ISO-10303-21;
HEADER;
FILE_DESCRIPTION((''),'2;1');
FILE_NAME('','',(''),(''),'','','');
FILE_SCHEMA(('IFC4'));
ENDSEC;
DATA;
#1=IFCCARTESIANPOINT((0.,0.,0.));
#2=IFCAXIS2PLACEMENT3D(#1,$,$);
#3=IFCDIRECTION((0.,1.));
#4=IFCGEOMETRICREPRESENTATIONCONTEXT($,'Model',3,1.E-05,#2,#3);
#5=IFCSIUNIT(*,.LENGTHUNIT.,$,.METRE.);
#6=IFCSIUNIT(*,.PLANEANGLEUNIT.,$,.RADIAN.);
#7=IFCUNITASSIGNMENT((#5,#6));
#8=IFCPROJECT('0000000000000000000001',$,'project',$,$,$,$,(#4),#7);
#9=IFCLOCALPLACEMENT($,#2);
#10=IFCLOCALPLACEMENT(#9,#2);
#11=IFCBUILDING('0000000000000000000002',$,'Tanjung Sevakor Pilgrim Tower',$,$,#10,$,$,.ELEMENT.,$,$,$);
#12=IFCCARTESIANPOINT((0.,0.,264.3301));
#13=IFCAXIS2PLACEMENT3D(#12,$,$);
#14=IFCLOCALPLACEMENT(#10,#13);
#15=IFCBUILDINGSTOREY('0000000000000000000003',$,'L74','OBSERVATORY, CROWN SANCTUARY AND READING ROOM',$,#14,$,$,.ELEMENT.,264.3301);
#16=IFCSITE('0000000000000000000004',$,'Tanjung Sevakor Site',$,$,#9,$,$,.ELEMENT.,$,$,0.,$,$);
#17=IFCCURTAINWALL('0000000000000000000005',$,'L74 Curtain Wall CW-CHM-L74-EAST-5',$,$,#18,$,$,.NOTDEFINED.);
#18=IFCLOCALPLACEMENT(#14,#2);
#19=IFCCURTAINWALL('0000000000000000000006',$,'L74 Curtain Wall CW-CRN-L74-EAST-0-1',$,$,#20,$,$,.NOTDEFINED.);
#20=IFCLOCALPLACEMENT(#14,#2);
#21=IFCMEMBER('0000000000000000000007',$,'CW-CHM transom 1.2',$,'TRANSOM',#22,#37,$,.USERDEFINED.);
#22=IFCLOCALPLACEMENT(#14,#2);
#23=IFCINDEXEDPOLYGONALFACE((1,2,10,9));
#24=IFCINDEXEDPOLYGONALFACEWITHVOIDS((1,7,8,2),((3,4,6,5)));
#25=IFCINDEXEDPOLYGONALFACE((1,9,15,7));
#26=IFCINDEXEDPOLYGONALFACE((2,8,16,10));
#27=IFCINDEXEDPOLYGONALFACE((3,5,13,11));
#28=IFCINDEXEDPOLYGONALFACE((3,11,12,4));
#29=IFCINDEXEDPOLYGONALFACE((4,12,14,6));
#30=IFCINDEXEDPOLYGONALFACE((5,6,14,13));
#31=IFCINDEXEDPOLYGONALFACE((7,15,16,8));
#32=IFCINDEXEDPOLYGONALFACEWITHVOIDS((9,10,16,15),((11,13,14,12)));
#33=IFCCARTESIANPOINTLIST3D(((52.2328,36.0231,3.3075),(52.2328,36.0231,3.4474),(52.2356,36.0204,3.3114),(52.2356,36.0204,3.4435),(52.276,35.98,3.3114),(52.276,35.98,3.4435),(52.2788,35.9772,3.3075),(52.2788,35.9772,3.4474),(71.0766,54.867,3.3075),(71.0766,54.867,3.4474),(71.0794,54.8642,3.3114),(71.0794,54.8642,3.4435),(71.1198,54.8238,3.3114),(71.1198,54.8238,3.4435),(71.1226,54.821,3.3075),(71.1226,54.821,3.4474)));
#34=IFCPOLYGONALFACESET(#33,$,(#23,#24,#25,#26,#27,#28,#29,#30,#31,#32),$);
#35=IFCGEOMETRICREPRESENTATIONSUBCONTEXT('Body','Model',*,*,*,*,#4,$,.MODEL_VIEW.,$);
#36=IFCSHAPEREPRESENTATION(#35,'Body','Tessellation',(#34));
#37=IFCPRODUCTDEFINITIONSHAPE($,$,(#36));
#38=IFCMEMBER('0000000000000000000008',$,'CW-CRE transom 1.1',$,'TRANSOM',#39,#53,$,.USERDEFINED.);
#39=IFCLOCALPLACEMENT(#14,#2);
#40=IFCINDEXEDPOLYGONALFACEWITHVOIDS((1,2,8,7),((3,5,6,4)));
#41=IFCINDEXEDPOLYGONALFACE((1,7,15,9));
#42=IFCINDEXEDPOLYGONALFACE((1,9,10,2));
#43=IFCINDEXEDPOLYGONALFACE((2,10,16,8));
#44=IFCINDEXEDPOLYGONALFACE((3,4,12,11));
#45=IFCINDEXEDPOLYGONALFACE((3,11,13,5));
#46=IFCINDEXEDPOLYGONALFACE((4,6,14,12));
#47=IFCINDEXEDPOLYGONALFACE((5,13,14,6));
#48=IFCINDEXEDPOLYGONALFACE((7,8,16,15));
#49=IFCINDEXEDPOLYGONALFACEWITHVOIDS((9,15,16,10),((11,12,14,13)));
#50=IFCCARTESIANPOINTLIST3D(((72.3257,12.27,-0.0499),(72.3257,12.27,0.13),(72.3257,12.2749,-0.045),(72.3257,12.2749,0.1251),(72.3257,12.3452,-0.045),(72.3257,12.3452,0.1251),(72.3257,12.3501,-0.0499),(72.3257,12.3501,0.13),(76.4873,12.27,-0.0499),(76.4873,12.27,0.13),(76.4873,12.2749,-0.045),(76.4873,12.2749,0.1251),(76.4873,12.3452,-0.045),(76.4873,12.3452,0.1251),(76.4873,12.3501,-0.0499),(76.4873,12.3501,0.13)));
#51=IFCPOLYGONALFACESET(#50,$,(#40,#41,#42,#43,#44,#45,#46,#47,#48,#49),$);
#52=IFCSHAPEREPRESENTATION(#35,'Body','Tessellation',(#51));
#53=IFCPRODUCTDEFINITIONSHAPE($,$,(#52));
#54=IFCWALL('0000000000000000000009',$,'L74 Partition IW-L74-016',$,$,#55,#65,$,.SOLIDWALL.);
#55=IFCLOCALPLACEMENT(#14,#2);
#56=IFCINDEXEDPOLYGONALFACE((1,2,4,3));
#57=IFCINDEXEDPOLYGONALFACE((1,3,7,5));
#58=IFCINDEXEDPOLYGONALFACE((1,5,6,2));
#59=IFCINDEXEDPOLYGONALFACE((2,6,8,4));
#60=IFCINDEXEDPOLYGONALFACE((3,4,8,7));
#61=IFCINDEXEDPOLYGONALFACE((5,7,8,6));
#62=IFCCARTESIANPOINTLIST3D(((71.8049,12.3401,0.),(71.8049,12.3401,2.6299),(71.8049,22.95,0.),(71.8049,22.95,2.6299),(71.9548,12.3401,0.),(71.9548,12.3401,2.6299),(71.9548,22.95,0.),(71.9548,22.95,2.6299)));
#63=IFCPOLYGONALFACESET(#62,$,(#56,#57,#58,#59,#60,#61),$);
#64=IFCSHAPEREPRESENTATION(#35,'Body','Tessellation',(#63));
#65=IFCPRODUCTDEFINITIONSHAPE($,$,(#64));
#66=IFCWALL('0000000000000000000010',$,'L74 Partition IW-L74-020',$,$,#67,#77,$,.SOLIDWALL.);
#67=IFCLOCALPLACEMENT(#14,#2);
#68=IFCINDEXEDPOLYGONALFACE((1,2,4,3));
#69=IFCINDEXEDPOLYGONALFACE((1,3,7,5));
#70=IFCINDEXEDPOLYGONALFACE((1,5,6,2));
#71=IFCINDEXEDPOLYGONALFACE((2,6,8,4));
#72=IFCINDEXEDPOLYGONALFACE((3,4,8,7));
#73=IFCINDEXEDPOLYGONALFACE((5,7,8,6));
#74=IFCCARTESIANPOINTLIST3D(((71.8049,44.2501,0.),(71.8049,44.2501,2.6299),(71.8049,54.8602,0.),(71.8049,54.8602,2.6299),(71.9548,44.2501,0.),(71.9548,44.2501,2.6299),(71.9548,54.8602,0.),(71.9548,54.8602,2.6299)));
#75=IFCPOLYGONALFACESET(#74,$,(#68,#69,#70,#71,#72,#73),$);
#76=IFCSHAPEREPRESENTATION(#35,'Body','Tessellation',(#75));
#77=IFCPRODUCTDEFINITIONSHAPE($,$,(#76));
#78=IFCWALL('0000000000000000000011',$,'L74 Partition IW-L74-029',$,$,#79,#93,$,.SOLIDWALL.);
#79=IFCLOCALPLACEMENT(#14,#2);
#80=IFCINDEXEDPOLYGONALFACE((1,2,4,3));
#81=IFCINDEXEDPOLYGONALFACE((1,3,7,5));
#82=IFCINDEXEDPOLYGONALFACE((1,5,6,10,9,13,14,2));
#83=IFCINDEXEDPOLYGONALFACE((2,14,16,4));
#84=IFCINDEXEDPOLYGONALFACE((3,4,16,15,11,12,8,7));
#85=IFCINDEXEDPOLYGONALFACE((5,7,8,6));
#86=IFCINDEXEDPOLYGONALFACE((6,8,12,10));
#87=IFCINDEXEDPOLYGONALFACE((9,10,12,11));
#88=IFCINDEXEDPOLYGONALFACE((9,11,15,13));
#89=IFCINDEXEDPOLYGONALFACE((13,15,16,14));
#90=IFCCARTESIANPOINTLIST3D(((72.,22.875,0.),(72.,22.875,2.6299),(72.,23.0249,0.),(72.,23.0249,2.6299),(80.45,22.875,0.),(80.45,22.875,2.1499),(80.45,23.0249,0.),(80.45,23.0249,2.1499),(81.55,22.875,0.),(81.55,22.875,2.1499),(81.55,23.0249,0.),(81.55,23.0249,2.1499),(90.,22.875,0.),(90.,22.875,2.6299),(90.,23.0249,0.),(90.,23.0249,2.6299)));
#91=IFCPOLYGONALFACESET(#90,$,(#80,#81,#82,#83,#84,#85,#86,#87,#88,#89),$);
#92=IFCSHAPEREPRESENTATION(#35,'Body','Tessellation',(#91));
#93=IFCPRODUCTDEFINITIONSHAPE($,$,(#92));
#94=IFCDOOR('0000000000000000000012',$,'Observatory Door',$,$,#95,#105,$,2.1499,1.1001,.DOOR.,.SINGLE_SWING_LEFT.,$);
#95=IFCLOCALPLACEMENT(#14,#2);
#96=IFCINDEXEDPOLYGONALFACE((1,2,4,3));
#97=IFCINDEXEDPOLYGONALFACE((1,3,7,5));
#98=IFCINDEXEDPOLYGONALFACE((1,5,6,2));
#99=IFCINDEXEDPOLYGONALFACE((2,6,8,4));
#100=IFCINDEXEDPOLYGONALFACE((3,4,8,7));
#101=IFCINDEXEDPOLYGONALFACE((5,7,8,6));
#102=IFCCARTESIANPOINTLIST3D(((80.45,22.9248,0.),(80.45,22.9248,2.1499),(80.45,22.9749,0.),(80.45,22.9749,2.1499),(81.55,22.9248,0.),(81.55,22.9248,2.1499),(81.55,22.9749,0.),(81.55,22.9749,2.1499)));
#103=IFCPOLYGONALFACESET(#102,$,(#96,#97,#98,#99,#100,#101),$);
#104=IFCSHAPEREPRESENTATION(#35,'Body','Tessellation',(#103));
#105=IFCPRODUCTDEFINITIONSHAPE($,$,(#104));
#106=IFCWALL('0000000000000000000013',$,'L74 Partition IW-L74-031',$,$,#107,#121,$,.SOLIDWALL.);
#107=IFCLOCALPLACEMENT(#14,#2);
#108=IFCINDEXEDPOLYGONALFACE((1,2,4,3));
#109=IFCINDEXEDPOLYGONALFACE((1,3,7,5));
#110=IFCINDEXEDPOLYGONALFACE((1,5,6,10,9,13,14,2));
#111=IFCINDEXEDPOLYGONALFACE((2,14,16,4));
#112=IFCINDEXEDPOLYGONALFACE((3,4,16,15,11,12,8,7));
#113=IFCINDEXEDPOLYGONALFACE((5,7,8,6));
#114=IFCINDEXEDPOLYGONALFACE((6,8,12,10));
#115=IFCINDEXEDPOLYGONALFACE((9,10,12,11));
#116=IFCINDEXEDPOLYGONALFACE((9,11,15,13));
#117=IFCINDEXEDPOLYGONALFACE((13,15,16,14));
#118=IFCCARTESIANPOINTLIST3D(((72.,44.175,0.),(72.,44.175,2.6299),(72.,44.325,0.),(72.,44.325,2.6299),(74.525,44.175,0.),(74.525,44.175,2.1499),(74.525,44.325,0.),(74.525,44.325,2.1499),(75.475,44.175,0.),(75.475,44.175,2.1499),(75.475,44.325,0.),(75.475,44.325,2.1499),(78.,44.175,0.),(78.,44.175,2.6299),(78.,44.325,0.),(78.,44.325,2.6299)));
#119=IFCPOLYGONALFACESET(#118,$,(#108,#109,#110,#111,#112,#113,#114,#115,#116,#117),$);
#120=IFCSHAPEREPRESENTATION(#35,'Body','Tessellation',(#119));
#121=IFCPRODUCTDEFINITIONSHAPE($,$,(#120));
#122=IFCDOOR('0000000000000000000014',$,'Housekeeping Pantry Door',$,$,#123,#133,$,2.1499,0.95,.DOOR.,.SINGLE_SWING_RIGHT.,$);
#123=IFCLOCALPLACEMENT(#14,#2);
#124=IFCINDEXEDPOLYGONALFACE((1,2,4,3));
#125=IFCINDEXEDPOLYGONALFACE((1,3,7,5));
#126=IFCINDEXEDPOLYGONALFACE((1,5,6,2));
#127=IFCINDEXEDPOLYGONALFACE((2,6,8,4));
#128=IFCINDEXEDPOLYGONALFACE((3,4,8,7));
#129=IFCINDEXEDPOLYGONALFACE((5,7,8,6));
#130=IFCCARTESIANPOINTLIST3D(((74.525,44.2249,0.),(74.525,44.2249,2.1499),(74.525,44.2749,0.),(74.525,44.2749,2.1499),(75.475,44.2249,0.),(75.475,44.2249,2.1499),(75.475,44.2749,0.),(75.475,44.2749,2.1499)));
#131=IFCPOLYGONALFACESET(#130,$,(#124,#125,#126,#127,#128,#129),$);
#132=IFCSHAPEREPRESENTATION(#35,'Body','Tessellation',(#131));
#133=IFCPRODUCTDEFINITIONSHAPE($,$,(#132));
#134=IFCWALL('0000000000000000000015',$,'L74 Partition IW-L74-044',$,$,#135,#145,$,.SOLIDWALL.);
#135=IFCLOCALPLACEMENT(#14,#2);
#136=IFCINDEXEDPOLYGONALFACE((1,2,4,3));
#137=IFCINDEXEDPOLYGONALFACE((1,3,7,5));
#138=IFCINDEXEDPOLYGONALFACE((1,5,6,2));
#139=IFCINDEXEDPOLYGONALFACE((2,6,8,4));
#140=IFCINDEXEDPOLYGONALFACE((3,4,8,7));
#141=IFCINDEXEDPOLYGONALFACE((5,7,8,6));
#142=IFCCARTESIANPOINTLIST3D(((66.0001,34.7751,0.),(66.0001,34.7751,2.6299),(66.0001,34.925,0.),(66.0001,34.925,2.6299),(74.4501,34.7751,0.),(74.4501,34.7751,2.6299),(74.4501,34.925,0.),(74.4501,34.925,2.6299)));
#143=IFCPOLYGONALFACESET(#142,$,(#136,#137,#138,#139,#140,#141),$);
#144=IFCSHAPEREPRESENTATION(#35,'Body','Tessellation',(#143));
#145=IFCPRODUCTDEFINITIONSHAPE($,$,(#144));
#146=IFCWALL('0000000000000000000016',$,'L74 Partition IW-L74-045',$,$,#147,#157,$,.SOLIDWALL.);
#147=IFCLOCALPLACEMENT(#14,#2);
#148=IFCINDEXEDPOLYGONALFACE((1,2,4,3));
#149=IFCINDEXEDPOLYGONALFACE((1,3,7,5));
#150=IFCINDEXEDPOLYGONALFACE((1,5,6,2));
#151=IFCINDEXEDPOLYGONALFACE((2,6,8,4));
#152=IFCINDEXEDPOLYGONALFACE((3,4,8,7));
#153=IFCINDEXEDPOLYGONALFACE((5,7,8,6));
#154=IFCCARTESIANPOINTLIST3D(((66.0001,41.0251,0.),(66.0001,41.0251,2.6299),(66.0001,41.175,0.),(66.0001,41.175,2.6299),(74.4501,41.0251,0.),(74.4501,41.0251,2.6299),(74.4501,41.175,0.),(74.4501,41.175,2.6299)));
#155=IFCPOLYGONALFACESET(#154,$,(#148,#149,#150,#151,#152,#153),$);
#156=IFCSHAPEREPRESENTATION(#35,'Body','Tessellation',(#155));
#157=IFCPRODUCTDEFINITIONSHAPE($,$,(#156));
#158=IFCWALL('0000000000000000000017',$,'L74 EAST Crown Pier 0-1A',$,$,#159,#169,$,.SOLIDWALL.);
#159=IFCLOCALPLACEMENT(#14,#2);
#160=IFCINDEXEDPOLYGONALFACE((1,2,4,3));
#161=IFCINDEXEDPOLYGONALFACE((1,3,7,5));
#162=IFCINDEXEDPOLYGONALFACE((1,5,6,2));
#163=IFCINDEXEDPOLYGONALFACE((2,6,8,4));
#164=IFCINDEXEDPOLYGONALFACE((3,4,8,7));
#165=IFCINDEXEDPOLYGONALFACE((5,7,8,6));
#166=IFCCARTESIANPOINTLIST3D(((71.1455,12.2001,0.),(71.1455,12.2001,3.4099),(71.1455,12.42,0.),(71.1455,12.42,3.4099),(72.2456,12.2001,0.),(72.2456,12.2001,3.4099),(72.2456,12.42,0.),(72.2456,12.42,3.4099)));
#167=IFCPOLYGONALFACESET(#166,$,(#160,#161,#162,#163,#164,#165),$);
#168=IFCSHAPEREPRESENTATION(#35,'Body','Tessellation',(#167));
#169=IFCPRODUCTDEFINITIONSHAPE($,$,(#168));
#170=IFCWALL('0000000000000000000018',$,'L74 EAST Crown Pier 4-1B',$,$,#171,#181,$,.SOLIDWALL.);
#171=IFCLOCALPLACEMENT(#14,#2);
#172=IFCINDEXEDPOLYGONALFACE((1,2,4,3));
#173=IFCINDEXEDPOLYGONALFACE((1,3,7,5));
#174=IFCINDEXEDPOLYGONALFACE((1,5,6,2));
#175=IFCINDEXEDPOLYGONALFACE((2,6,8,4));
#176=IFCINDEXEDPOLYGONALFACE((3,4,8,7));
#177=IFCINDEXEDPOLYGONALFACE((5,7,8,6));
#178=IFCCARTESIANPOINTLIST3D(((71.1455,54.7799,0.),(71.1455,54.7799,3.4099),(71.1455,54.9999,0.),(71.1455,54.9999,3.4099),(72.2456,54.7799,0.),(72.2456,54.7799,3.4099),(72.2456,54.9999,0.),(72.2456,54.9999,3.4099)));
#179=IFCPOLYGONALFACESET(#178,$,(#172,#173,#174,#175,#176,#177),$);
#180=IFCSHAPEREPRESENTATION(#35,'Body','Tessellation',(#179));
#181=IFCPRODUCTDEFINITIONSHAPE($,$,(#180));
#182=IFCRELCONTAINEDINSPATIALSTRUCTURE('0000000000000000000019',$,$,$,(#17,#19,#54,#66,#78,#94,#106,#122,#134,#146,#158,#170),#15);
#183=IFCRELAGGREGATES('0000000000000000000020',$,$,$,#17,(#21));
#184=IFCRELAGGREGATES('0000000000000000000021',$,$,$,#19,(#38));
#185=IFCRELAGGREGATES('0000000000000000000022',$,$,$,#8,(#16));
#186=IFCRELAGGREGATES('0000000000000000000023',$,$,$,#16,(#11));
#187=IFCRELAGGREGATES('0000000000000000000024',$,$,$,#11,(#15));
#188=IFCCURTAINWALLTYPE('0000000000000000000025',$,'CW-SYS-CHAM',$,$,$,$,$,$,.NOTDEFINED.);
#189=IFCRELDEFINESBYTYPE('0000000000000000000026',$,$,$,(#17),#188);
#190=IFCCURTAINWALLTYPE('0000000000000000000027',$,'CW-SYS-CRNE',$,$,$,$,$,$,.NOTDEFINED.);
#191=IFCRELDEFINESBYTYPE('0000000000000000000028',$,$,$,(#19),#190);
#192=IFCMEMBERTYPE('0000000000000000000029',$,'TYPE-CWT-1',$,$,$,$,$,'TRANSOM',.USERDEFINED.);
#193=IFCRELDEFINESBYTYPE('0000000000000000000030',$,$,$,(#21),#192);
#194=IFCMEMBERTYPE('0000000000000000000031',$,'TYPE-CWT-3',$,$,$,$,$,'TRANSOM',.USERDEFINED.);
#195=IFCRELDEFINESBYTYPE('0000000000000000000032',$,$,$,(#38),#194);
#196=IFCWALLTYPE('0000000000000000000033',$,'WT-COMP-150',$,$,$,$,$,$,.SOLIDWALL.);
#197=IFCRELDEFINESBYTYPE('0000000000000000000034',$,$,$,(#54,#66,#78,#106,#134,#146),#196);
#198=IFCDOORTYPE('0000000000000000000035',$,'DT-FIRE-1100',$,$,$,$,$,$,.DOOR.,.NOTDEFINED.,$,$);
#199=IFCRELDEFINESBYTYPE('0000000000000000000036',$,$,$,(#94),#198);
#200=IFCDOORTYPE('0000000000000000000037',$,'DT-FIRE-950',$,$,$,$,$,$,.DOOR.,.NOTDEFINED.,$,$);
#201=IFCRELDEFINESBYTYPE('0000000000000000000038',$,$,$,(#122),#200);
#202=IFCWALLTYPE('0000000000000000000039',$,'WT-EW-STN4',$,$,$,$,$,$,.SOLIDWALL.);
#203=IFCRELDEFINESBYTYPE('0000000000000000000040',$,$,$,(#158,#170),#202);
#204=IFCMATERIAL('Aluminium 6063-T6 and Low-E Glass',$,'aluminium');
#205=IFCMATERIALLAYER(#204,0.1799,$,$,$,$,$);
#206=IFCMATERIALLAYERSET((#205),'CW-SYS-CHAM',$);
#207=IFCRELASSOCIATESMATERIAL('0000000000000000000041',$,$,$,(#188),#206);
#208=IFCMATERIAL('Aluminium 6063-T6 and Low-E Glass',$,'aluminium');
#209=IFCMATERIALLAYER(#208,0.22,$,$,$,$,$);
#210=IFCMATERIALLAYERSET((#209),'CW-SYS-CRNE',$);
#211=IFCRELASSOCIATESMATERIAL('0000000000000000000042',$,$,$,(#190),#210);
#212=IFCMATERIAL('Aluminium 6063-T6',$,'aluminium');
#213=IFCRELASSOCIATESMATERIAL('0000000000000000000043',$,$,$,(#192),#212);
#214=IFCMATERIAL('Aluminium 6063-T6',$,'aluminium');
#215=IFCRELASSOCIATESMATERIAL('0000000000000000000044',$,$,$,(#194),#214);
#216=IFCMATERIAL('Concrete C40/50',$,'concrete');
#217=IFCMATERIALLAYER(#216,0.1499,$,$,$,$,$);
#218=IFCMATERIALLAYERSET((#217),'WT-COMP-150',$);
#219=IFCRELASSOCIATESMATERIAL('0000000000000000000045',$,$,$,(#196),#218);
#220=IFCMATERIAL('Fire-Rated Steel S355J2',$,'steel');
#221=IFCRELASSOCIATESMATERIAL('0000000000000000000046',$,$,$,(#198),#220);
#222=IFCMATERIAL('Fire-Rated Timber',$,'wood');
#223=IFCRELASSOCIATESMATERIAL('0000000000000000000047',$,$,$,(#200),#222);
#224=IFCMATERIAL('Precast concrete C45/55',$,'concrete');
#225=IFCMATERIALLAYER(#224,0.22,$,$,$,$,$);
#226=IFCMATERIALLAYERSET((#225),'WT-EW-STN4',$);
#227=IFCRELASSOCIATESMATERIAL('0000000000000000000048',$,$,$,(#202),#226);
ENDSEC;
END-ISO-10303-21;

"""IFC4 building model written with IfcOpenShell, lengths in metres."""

from ifc_helpers import new_model, si_unit, direction, frame, frame_2d, origin, origin_2d, place, context, subcontext, project, spatial, rectangle, hollow_rectangle, extrude, material, layer, layer_set, material_profile, profile_set, type_object, element, fill, aggregate, save


model = new_model("IFC4")

# Units and contexts
model_context = context("Model", 3, precision=1e-05, world=origin(), true_north=direction((0.0, 1.0)))
body_context = subcontext(model_context, "Body", "Model", "MODEL_VIEW")
ifc_project = project(units=[si_unit("LENGTHUNIT", "METRE"), si_unit("PLANEANGLEUNIT", "RADIAN")], contexts=[model_context])

# Site, building, storey
site_placement = place(None, origin())
site = spatial("IfcSite", under=ifc_project, at=site_placement, Name="Tanjung Sevakor Site", CompositionType="ELEMENT", RefElevation=0.0)
building_placement = place(site_placement, origin())
building = spatial("IfcBuilding", under=site, at=building_placement, Name="Tanjung Sevakor Pilgrim Tower", CompositionType="ELEMENT")
storey_placement = place(building_placement, frame((0.0, 0.0, 264.3301)))
storey = spatial("IfcBuildingStorey", under=building, at=storey_placement, Name="L74", Description="OBSERVATORY, CROWN SANCTUARY AND READING ROOM", CompositionType="ELEMENT", Elevation=264.3301)

# Curtain walls
ifc_material_1 = material(Name="Aluminium 6063-T6 and Low-E Glass", Category="aluminium")
ifc_layer_1 = layer(ifc_material_1, 0.1799)
ifc_layer_set_1 = layer_set([ifc_layer_1], Name="CW-SYS-CHAM")
curtain_wall_type_1 = type_object("IfcCurtainWallType", Name="CW-SYS-CHAM", PredefinedType="NOTDEFINED", material=ifc_layer_set_1)
curtain_wall_1_placement = place(storey_placement, origin())
curtain_wall_1 = element("IfcCurtainWall", 1, at=curtain_wall_1_placement, inside=storey, type_object=curtain_wall_type_1, Name="L74 Curtain Wall CW-CHM-L74-EAST-5", PredefinedType="NOTDEFINED")
ifc_material_2 = material(Name="Aluminium 6063-T6 and Low-E Glass", Category="aluminium")
ifc_layer_2 = layer(ifc_material_2, 0.22)
ifc_layer_set_2 = layer_set([ifc_layer_2], Name="CW-SYS-CRNE")
curtain_wall_type_2 = type_object("IfcCurtainWallType", Name="CW-SYS-CRNE", PredefinedType="NOTDEFINED", material=ifc_layer_set_2)
curtain_wall_2_placement = place(storey_placement, origin())
curtain_wall_2 = element("IfcCurtainWall", 2, at=curtain_wall_2_placement, inside=storey, type_object=curtain_wall_type_2, Name="L74 Curtain Wall CW-CRN-L74-EAST-0-1", PredefinedType="NOTDEFINED")

# Members
ifc_material_3 = material(Name="Aluminium 6063-T6", Category="aluminium")
ifc_material_profile_1 = material_profile(ifc_material_3, hollow_rectangle(XDim=0.0649, YDim=0.1399, WallThickness=0.0039, at=origin_2d()))
ifc_profile_set_1 = profile_set([ifc_material_profile_1], Name="Aluminium 6063-T6")
member_type_1 = type_object("IfcMemberType", Name="TYPE-CWT-1", ElementType="TRANSOM", PredefinedType="USERDEFINED", material=ifc_profile_set_1)
member_1_placement = place(storey_placement, frame((71.0996, 54.844, 3.3774), z_axis=(-0.707107, -0.707107, 0.0), x_axis=(0.707107, -0.707107, 0.0)))
member_1 = element("IfcMember", 3, at=member_1_placement, type_object=member_type_1, Name="CW-CHM transom 1.2", ObjectType="TRANSOM", PredefinedType="USERDEFINED", context=body_context, shape_type="SweptSolid", body=[
    extrude(hollow_rectangle(XDim=0.0649, YDim=0.1399, WallThickness=0.0039, at=origin_2d()), origin(), (0.0, 0.0, 1.0), 26.6492),
])
aggregate(curtain_wall_1, [member_1])
ifc_material_4 = material(Name="Aluminium 6063-T6", Category="aluminium")
ifc_material_profile_2 = material_profile(ifc_material_4, hollow_rectangle(XDim=0.0801, YDim=0.1799, WallThickness=0.0049, at=origin_2d()))
ifc_profile_set_2 = profile_set([ifc_material_profile_2], Name="Aluminium 6063-T6")
member_type_2 = type_object("IfcMemberType", Name="TYPE-CWT-3", ElementType="TRANSOM", PredefinedType="USERDEFINED", material=ifc_profile_set_2)
member_2_placement = place(storey_placement, frame((72.3257, 12.3101, 0.04), z_axis=(1.0, 0.0, 0.0), x_axis=(0.0, 1.0, 0.0)))
member_2 = element("IfcMember", 4, at=member_2_placement, type_object=member_type_2, Name="CW-CRE transom 1.1", ObjectType="TRANSOM", PredefinedType="USERDEFINED", context=body_context, shape_type="SweptSolid", body=[
    extrude(hollow_rectangle(XDim=0.0801, YDim=0.1799, WallThickness=0.0049, at=origin_2d()), origin(), (0.0, 0.0, 1.0), 4.1616),
])
aggregate(curtain_wall_2, [member_2])

# Walls
ifc_material_5 = material(Name="Concrete C40/50", Category="concrete")
ifc_layer_3 = layer(ifc_material_5, 0.1499)
ifc_layer_set_3 = layer_set([ifc_layer_3], Name="WT-COMP-150")
wall_type_1 = type_object("IfcWallType", Name="WT-COMP-150", PredefinedType="SOLIDWALL", material=ifc_layer_set_3)
wall_1_placement = place(storey_placement, frame((71.8799, 12.3401, 0.0), z_axis=(0.0, 0.0, 1.0), x_axis=(0.0, 1.0, 0.0)))
element("IfcWall", 5, at=wall_1_placement, inside=storey, type_object=wall_type_1, Name="L74 Partition IW-L74-016", PredefinedType="SOLIDWALL", context=body_context, shape_type="SweptSolid", body=[
    extrude(rectangle(XDim=10.6099, YDim=0.1499, at=frame_2d((5.3049, 0.0))), origin(), (0.0, 0.0, 1.0), 2.6299),
])
wall_2_placement = place(storey_placement, frame((71.8799, 44.25, 0.0), z_axis=(0.0, 0.0, 1.0), x_axis=(0.0, 1.0, 0.0)))
element("IfcWall", 6, at=wall_2_placement, inside=storey, type_object=wall_type_1, Name="L74 Partition IW-L74-020", PredefinedType="SOLIDWALL", context=body_context, shape_type="SweptSolid", body=[
    extrude(rectangle(XDim=10.6101, YDim=0.1499, at=frame_2d((5.3052, 0.0))), origin(), (0.0, 0.0, 1.0), 2.6299),
])

# Walls, openings, doors
wall_3_placement = place(storey_placement, frame((72.0, 22.95, 0.0), z_axis=(0.0, 0.0, 1.0), x_axis=(1.0, 0.0, 0.0)))
wall_3 = element("IfcWall", 7, at=wall_3_placement, inside=storey, type_object=wall_type_1, Name="L74 Partition IW-L74-029", PredefinedType="SOLIDWALL", context=body_context, shape_type="SweptSolid", body=[
    extrude(rectangle(XDim=18.0, YDim=0.1499, at=frame_2d((9.0, 0.0))), origin(), (0.0, 0.0, 1.0), 2.6299),
])
opening_1_placement = place(wall_3_placement, frame((8.45, 0.0, 0.0)))
opening_1 = element("IfcOpeningElement", 8, at=opening_1_placement, cuts=wall_3, PredefinedType="OPENING", context=body_context, shape_type="SweptSolid", body=[
    extrude(rectangle(XDim=1.1001, YDim=2.1499, at=frame_2d((0.55, 1.075))), frame((0.0, 0.085, 0.0), z_axis=(0.0, -1.0, 0.0), x_axis=(1.0, 0.0, 0.0)), (0.0, 0.0, 1.0), 0.1699),
])
ifc_material_6 = material(Name="Fire-Rated Steel S355J2", Category="steel")
door_type_1 = type_object("IfcDoorType", Name="DT-FIRE-1100", OperationType="NOTDEFINED", PredefinedType="DOOR", material=ifc_material_6)
door_1_placement = place(opening_1_placement, origin())
door_1 = element("IfcDoor", 9, at=door_1_placement, inside=storey, type_object=door_type_1, Name="Observatory Door", OperationType="SINGLE_SWING_LEFT", OverallHeight=2.1499, OverallWidth=1.1001, PredefinedType="DOOR", context=body_context, shape_type="SweptSolid", body=[
    extrude(rectangle(XDim=1.1001, YDim=2.1499, at=frame_2d((0.55, 1.075))), frame((0.0, 0.0249, 0.0), z_axis=(0.0, -1.0, 0.0), x_axis=(1.0, 0.0, 0.0)), (0.0, 0.0, 1.0), 0.05),
])
fill(opening_1, door_1)
wall_4_placement = place(storey_placement, frame((72.0, 44.25, 0.0), z_axis=(0.0, 0.0, 1.0), x_axis=(1.0, 0.0, 0.0)))
wall_4 = element("IfcWall", 10, at=wall_4_placement, inside=storey, type_object=wall_type_1, Name="L74 Partition IW-L74-031", PredefinedType="SOLIDWALL", context=body_context, shape_type="SweptSolid", body=[
    extrude(rectangle(XDim=6.0, YDim=0.1499, at=frame_2d((3.0, 0.0))), origin(), (0.0, 0.0, 1.0), 2.6299),
])
opening_2_placement = place(wall_4_placement, frame((2.5249, 0.0, 0.0)))
opening_2 = element("IfcOpeningElement", 11, at=opening_2_placement, cuts=wall_4, PredefinedType="OPENING", context=body_context, shape_type="SweptSolid", body=[
    extrude(rectangle(XDim=0.95, YDim=2.1499, at=frame_2d((0.4751, 1.075))), frame((0.0, 0.085, 0.0), z_axis=(0.0, -1.0, 0.0), x_axis=(1.0, 0.0, 0.0)), (0.0, 0.0, 1.0), 0.1699),
])
ifc_material_7 = material(Name="Fire-Rated Timber", Category="wood")
door_type_2 = type_object("IfcDoorType", Name="DT-FIRE-950", OperationType="NOTDEFINED", PredefinedType="DOOR", material=ifc_material_7)
door_2_placement = place(opening_2_placement, origin())
door_2 = element("IfcDoor", 12, at=door_2_placement, inside=storey, type_object=door_type_2, Name="Housekeeping Pantry Door", OperationType="SINGLE_SWING_RIGHT", OverallHeight=2.1499, OverallWidth=0.95, PredefinedType="DOOR", context=body_context, shape_type="SweptSolid", body=[
    extrude(rectangle(XDim=0.95, YDim=2.1499, at=frame_2d((0.4751, 1.075))), frame((0.0, 0.0249, 0.0), z_axis=(0.0, -1.0, 0.0), x_axis=(1.0, 0.0, 0.0)), (0.0, 0.0, 1.0), 0.05),
])
fill(opening_2, door_2)

# Walls
for number, where, z_axis, x_axis, name in (
    (13, (66.0, 34.8501, 0.0), (0.0, 0.0, 1.0), (1.0, 0.0, 0.0), "L74 Partition IW-L74-044"),
    (14, (66.0, 41.1001, 0.0), (0.0, 0.0, 1.0), (1.0, 0.0, 0.0), "L74 Partition IW-L74-045"),
):
    element("IfcWall", number, at=place(storey_placement, frame(where, z_axis=z_axis, x_axis=x_axis)), inside=storey, type_object=wall_type_1, Name=name, PredefinedType="SOLIDWALL", context=body_context, shape_type="SweptSolid", body=[
        extrude(rectangle(XDim=8.45, YDim=0.1499, at=frame_2d((4.2251, 0.0))), origin(), (0.0, 0.0, 1.0), 2.6299),
    ])
ifc_material_8 = material(Name="Precast concrete C45/55", Category="concrete")
ifc_layer_4 = layer(ifc_material_8, 0.22)
ifc_layer_set_4 = layer_set([ifc_layer_4], Name="WT-EW-STN4")
wall_type_2 = type_object("IfcWallType", Name="WT-EW-STN4", PredefinedType="SOLIDWALL", material=ifc_layer_set_4)
for number, where, z_axis, x_axis, name in (
    (15, (71.1455, 12.3101, 0.0), (0.0, 0.0, 1.0), (1.0, 0.0, 0.0), "L74 EAST Crown Pier 0-1A"),
    (16, (72.2456, 54.8899, 0.0), (0.0, 0.0, 1.0), (-1.0, 0.0, 0.0), "L74 EAST Crown Pier 4-1B"),
):
    element("IfcWall", number, at=place(storey_placement, frame(where, z_axis=z_axis, x_axis=x_axis)), inside=storey, type_object=wall_type_2, Name=name, PredefinedType="SOLIDWALL", context=body_context, shape_type="SweptSolid", body=[
        extrude(rectangle(XDim=1.1001, YDim=0.22, at=frame_2d((0.55, 0.0))), origin(), (0.0, 0.0, 1.0), 3.4099),
    ])

save(model, "model.ifc")
